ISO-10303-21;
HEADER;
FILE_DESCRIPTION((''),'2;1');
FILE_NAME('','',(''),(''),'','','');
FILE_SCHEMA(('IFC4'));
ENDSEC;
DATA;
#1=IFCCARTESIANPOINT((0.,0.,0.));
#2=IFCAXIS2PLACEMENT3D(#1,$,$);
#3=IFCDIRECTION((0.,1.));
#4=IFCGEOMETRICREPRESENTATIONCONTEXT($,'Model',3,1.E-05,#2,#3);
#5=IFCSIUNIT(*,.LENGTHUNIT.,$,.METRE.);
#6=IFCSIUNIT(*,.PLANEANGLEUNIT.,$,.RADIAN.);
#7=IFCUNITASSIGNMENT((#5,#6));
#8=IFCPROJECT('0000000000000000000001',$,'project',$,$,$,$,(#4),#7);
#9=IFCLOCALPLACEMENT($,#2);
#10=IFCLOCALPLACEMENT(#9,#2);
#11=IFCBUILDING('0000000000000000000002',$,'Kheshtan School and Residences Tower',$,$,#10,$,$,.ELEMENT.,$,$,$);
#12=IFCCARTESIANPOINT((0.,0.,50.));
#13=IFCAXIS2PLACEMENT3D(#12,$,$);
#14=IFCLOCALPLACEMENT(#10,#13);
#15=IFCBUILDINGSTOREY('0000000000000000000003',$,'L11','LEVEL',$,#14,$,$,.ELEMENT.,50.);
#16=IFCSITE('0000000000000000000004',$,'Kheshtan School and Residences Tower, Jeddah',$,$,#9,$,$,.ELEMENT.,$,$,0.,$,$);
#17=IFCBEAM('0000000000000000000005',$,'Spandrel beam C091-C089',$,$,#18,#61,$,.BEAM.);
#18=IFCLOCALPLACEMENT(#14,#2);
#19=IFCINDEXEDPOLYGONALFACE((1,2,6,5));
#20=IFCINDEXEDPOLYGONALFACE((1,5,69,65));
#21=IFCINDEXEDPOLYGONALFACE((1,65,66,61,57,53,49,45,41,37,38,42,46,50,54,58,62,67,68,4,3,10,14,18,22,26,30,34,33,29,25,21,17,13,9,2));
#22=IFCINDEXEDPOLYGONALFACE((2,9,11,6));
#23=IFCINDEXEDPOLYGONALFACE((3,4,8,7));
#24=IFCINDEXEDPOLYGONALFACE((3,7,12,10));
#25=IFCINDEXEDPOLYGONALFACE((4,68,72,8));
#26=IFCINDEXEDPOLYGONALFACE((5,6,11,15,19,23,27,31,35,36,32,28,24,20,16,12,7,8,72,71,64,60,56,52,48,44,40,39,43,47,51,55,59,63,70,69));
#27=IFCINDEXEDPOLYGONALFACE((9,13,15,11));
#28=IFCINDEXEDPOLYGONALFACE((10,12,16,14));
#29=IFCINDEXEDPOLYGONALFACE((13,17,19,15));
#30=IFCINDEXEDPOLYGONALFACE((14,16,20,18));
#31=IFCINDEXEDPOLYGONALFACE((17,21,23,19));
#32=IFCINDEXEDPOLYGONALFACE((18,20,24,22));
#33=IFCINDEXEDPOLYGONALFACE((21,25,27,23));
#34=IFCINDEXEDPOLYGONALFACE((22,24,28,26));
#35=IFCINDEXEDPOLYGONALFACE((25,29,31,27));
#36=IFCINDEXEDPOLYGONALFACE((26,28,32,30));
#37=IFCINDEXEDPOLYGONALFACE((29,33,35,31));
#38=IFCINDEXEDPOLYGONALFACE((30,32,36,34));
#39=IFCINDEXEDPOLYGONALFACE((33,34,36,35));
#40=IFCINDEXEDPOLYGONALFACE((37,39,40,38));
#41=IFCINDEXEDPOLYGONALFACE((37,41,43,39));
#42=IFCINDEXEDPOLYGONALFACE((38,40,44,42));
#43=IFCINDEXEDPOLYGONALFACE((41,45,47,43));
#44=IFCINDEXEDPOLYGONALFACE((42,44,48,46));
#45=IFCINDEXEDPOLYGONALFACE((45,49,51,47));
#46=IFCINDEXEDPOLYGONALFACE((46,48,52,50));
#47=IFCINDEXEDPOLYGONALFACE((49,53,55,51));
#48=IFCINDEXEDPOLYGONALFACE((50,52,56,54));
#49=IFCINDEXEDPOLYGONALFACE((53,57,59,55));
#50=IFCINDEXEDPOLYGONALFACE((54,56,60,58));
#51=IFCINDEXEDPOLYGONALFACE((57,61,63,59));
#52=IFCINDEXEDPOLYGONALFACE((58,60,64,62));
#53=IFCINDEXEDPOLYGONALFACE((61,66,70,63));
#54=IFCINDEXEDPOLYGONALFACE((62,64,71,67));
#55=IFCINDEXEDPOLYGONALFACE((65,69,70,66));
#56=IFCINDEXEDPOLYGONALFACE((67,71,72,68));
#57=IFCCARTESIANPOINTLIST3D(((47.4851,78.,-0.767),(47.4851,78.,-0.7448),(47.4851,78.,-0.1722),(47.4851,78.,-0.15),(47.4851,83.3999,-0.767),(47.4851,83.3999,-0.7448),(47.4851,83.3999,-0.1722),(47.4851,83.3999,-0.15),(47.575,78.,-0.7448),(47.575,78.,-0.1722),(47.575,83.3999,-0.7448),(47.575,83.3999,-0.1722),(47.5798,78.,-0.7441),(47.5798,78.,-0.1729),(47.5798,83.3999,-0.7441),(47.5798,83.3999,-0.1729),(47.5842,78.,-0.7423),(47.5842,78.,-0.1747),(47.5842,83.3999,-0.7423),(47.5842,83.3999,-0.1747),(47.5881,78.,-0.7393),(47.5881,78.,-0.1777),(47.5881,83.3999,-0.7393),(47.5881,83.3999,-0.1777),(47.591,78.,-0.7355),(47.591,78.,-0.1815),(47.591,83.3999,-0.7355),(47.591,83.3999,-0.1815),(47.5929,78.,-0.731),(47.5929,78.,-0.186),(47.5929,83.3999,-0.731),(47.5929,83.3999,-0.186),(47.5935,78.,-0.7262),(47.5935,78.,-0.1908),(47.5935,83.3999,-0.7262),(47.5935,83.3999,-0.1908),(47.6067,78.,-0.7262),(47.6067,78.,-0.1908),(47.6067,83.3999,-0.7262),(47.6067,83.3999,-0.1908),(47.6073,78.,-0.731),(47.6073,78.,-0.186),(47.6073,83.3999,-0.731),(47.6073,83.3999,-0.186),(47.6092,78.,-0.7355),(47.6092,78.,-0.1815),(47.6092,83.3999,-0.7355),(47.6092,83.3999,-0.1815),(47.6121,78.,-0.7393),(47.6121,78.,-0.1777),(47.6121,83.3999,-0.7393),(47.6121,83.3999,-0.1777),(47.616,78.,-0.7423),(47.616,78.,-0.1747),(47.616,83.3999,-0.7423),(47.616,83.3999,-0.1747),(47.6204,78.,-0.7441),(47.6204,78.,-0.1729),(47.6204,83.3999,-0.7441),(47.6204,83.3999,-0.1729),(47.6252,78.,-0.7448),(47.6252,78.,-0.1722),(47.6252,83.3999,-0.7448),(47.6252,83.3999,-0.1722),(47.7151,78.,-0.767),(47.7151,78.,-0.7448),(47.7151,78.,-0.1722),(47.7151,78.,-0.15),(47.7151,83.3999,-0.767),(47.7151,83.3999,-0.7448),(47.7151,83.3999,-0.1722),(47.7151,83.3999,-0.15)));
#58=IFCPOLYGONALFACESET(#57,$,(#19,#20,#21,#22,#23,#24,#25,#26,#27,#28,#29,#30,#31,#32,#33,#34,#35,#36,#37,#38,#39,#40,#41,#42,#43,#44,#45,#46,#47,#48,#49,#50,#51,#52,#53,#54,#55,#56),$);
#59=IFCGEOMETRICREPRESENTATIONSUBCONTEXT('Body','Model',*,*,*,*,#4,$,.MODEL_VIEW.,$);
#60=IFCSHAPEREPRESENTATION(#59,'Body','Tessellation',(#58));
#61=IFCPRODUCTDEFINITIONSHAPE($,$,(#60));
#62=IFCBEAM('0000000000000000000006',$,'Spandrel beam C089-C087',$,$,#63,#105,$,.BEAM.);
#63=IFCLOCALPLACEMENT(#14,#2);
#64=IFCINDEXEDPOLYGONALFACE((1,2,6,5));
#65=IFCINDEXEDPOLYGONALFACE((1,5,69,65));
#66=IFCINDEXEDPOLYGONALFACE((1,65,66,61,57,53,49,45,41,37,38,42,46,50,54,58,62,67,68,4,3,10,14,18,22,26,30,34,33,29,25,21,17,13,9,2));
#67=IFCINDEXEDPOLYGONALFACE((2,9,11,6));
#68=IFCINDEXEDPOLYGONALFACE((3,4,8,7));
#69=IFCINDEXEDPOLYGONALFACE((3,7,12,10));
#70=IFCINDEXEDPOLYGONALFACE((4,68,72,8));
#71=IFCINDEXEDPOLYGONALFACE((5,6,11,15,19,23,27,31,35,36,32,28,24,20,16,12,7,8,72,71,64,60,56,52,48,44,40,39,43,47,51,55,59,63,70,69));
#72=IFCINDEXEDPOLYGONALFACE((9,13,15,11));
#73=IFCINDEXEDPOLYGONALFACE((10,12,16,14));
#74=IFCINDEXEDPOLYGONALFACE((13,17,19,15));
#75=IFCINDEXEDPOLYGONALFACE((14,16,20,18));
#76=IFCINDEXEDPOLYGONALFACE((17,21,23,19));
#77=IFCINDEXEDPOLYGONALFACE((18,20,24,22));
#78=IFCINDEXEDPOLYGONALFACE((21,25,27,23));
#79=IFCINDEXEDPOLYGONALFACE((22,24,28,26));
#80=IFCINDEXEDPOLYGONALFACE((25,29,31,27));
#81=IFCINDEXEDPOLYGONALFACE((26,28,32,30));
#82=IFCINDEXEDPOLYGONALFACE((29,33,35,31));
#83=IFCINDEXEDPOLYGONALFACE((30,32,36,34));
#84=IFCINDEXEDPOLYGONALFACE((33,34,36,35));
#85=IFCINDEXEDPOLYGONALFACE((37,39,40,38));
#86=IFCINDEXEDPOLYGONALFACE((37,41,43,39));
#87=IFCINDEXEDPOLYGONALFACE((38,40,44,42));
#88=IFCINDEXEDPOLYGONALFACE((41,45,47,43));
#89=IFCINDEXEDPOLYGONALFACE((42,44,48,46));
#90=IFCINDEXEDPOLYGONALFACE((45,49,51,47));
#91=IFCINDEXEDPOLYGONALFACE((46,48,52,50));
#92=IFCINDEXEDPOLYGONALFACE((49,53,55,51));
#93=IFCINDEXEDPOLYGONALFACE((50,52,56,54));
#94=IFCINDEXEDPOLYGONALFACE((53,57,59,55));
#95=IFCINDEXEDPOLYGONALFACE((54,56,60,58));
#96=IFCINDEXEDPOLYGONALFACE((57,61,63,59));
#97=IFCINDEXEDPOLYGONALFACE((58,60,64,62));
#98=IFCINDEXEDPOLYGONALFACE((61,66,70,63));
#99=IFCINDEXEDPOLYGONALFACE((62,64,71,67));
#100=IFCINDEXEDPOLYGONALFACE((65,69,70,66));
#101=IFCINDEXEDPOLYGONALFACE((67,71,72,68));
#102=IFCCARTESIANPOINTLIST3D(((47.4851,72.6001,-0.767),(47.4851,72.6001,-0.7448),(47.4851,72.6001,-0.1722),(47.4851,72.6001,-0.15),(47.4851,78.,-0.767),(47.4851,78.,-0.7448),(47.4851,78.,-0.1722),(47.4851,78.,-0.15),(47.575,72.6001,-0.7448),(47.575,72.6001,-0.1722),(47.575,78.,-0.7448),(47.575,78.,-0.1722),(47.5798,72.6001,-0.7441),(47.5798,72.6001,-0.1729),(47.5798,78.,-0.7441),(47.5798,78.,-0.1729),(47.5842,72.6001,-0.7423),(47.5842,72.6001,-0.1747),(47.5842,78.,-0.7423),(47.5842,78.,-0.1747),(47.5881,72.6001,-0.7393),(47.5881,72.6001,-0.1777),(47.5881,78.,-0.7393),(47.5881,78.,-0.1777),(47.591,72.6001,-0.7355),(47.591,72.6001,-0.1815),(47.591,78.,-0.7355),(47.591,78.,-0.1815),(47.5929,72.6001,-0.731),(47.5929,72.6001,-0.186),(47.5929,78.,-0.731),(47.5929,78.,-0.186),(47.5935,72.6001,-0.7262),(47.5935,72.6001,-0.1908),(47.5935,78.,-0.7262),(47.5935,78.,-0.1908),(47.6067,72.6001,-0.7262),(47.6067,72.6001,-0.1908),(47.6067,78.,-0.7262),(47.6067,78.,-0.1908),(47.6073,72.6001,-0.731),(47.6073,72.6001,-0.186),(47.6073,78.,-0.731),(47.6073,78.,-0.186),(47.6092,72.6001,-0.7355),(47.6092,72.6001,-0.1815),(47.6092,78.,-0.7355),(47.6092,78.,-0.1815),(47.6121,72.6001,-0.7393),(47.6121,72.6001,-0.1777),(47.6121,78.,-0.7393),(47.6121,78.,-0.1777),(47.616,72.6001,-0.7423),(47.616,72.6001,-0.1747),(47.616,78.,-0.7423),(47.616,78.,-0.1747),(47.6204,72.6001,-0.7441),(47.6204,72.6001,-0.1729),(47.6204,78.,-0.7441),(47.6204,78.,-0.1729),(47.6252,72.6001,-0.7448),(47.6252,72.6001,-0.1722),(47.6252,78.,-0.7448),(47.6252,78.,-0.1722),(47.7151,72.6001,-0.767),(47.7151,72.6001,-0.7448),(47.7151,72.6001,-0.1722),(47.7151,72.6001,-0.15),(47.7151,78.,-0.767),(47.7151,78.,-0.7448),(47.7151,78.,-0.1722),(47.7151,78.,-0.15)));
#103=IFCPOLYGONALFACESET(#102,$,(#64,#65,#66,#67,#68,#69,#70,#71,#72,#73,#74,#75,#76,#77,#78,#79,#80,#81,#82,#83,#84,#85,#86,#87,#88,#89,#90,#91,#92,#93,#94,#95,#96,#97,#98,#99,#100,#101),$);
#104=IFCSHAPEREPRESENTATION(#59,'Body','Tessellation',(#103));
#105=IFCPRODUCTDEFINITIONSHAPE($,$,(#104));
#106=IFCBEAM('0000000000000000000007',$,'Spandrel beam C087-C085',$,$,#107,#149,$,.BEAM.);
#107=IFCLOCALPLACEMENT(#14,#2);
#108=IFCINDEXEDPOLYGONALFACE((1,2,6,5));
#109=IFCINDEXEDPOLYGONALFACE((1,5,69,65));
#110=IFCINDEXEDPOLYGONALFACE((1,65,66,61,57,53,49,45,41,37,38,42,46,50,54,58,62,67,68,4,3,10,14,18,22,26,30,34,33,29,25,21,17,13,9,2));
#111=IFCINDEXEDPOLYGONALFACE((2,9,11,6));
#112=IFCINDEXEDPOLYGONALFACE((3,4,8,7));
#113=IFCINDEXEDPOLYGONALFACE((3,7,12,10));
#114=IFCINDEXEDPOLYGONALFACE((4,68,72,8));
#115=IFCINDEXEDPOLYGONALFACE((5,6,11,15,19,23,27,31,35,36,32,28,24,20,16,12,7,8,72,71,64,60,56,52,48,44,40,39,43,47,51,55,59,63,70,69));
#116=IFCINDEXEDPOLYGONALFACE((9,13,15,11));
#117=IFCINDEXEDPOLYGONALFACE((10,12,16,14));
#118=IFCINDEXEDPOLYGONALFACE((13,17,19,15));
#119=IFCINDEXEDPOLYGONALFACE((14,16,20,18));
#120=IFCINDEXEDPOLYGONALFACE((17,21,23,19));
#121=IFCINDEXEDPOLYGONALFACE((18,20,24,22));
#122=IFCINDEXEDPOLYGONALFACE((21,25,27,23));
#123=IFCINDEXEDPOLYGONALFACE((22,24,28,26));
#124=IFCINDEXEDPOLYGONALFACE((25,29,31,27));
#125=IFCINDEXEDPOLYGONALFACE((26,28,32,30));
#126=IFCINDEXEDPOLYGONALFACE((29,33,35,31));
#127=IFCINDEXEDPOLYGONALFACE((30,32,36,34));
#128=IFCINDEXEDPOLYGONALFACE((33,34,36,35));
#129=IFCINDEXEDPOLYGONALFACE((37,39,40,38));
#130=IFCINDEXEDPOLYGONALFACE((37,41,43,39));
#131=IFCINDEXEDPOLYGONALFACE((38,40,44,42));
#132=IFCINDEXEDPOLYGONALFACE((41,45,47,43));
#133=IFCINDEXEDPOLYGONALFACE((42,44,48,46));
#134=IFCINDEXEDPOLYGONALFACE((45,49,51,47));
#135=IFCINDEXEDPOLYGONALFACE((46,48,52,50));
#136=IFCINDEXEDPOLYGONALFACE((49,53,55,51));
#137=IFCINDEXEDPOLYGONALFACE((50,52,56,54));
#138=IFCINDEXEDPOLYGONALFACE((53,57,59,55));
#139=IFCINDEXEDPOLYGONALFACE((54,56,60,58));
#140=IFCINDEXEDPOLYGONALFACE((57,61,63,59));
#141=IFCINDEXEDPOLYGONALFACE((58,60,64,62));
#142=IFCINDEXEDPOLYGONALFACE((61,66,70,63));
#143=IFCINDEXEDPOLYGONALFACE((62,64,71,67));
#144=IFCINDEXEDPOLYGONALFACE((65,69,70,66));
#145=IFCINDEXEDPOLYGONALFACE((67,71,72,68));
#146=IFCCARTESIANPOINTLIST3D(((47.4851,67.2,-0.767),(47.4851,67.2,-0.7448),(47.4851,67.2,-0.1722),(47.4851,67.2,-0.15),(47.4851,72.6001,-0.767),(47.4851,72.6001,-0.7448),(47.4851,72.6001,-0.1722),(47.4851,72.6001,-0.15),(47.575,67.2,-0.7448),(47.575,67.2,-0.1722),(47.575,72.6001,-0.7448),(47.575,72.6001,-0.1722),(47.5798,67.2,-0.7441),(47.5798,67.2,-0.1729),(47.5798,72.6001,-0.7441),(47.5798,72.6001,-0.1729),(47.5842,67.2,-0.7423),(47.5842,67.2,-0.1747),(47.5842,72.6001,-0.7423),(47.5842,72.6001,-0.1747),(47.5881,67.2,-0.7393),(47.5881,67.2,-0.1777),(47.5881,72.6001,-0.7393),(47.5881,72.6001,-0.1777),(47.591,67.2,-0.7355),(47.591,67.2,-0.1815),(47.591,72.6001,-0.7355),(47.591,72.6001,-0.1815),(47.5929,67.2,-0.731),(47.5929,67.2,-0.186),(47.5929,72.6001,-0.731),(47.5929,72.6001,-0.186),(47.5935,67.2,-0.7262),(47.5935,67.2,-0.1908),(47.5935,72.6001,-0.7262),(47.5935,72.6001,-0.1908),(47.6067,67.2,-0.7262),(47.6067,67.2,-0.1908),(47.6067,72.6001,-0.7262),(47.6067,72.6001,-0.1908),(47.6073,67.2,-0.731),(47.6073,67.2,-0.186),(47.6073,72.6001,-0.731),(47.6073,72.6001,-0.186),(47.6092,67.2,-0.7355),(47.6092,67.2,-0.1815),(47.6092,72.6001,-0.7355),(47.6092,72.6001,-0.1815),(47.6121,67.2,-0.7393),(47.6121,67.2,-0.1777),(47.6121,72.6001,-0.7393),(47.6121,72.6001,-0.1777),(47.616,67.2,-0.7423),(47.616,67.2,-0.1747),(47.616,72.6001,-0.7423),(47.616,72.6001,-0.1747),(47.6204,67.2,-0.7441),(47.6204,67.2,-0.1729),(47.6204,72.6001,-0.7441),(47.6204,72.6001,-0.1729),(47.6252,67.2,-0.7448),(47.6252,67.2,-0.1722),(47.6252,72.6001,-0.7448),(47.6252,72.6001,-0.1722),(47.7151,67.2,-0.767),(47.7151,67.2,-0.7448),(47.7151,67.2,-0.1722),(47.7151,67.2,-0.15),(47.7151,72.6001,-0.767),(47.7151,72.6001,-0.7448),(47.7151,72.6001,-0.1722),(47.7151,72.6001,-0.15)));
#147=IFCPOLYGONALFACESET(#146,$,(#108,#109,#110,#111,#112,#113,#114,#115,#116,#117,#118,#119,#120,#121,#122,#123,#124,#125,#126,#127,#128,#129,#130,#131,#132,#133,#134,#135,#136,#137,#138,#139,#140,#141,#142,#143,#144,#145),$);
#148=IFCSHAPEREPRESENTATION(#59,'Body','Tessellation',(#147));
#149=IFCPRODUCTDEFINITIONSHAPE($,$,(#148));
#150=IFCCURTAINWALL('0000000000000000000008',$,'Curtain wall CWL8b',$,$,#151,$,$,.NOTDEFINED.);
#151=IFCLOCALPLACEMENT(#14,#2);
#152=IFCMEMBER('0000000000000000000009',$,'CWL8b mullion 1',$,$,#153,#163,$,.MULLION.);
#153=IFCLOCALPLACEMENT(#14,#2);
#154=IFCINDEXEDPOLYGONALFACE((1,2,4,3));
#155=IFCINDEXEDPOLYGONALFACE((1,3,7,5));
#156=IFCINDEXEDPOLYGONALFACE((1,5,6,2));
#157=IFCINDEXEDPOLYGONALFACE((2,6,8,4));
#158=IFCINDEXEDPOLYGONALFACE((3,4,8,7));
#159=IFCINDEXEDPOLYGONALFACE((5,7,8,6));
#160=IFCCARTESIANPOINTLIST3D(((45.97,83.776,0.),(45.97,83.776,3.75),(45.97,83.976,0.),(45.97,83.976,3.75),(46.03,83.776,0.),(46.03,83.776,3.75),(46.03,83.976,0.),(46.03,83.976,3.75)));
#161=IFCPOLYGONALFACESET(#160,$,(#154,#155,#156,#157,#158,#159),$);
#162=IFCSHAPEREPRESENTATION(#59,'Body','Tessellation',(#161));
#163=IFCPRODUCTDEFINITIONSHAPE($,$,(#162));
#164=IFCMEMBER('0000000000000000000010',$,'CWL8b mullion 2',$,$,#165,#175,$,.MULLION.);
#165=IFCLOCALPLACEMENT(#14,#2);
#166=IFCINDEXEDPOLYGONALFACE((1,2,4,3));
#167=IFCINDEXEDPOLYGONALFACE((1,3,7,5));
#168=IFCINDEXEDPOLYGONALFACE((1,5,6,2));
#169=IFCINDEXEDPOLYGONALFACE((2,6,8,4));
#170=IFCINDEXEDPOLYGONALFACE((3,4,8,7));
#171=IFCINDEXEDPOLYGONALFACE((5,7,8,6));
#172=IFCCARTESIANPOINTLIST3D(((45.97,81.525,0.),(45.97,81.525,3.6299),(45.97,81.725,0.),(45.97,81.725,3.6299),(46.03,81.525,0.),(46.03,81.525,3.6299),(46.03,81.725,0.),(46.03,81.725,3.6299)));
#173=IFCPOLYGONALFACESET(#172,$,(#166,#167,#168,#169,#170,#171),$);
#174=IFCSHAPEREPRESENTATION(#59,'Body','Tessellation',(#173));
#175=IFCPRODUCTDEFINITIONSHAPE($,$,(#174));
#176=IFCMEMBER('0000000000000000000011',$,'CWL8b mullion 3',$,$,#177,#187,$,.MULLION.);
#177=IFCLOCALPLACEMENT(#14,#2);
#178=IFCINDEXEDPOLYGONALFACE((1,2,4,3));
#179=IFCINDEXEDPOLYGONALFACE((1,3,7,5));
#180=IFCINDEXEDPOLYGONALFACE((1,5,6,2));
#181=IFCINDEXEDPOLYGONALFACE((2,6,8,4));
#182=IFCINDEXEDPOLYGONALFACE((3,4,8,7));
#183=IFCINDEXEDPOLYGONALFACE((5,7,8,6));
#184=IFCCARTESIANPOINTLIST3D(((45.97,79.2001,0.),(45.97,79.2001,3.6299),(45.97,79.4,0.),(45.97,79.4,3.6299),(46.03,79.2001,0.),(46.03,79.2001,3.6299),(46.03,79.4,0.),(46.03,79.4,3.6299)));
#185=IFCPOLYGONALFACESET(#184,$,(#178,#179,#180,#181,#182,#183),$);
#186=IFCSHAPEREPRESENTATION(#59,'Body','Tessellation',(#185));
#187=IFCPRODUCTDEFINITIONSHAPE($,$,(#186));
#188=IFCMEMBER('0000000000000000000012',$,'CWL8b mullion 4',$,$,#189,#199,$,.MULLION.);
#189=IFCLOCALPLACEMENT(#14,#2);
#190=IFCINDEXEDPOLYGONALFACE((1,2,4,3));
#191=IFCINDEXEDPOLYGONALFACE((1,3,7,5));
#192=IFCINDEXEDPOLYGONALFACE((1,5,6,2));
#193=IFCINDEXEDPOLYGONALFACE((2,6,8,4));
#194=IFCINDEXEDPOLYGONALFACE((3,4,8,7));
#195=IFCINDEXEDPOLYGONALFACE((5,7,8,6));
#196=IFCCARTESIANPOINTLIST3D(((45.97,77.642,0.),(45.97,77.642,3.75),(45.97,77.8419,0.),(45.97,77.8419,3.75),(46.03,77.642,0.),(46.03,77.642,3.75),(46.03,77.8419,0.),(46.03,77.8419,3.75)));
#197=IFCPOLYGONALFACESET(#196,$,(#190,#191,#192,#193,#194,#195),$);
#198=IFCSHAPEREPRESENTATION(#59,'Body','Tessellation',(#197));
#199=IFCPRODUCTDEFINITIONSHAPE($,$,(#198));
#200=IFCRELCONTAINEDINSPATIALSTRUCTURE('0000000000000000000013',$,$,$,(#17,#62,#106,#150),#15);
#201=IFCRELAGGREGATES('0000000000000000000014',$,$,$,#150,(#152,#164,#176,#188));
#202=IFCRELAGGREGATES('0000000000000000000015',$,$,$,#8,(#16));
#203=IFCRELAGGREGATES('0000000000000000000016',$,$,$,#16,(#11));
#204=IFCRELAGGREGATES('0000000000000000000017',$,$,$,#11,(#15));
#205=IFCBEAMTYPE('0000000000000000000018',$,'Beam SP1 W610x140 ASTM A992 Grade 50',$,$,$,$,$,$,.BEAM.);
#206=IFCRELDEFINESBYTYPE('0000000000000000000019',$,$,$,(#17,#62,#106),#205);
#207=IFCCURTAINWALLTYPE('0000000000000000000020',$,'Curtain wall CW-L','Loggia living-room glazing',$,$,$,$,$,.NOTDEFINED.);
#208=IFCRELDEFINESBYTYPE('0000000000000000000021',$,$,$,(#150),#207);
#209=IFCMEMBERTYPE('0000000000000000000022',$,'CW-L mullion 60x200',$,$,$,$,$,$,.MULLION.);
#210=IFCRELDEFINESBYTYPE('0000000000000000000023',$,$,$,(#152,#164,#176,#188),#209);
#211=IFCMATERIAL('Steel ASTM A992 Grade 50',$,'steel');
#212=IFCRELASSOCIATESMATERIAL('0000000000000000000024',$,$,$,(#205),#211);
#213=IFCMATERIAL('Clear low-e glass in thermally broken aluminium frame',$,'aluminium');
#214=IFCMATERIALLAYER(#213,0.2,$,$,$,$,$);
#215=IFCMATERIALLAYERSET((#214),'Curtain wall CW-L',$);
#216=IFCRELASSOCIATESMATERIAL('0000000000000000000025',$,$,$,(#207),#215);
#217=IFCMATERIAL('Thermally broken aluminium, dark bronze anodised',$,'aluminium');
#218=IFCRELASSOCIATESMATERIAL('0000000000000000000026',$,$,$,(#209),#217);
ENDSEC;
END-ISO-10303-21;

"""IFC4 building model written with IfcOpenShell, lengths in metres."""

from ifc_helpers import new_model, si_unit, direction, frame, origin, origin_2d, place, context, subcontext, project, spatial, rectangle, i_section, extrude, material, layer, layer_set, material_profile, profile_set, type_object, element, aggregate, save


model = new_model("IFC4")

# Units and contexts
model_context = context("Model", 3, precision=1e-05, world=origin(), true_north=direction((0.0, 1.0)))
body_context = subcontext(model_context, "Body", "Model", "MODEL_VIEW")
ifc_project = project(units=[si_unit("LENGTHUNIT", "METRE"), si_unit("PLANEANGLEUNIT", "RADIAN")], contexts=[model_context])

# Site, building, storey
site_placement = place(None, origin())
site = spatial("IfcSite", under=ifc_project, at=site_placement, Name="Kheshtan School and Residences Tower, Jeddah", CompositionType="ELEMENT", RefElevation=0.0)
building_placement = place(site_placement, origin())
building = spatial("IfcBuilding", under=site, at=building_placement, Name="Kheshtan School and Residences Tower", CompositionType="ELEMENT")
storey_placement = place(building_placement, frame((0.0, 0.0, 50.0)))
storey = spatial("IfcBuildingStorey", under=building, at=storey_placement, Name="L11", Description="LEVEL", CompositionType="ELEMENT", Elevation=50.0)

# Shared definitions
ifc_material_1 = material(Name="Steel ASTM A992 Grade 50", Category="steel")

# Beams
ifc_material_profile_1 = material_profile(ifc_material_1, i_section(OverallWidth=0.23, OverallDepth=0.6169, WebThickness=0.0132, FlangeThickness=0.0222, FilletRadius=0.0186, at=origin_2d()), Name="W610x140")
ifc_profile_set_1 = profile_set([ifc_material_profile_1], Name="Steel ASTM A992 Grade 50")
beam_type_1 = type_object("IfcBeamType", Name="Beam SP1 W610x140 ASTM A992 Grade 50", PredefinedType="BEAM", material=ifc_profile_set_1)
for number, where, z_axis, x_axis, name in (
    (1, (47.6001, 83.3999, -0.4585), (0.0, -1.0, 0.0), (1.0, 0.0, 0.0), "Spandrel beam C091-C089"),
    (2, (47.6001, 78.0, -0.4585), (0.0, -1.0, 0.0), (1.0, 0.0, 0.0), "Spandrel beam C089-C087"),
):
    element("IfcBeam", number, at=place(storey_placement, frame(where, z_axis=z_axis, x_axis=x_axis)), inside=storey, type_object=beam_type_1, Name=name, PredefinedType="BEAM", context=body_context, shape_type="SweptSolid", body=[
        extrude(i_section(OverallWidth=0.23, OverallDepth=0.6169, WebThickness=0.0132, FlangeThickness=0.0222, FilletRadius=0.0186, at=origin_2d()), origin(), (0.0, 0.0, 1.0), 5.3999),
    ])
beam_1_placement = place(storey_placement, frame((47.6001, 72.6001, -0.4585), z_axis=(0.0, -1.0, 0.0), x_axis=(1.0, 0.0, 0.0)))
element("IfcBeam", 3, at=beam_1_placement, inside=storey, type_object=beam_type_1, Name="Spandrel beam C087-C085", PredefinedType="BEAM", context=body_context, shape_type="SweptSolid", body=[
    extrude(i_section(OverallWidth=0.23, OverallDepth=0.6169, WebThickness=0.0132, FlangeThickness=0.0222, FilletRadius=0.0186, at=origin_2d()), origin(), (0.0, 0.0, 1.0), 5.4001),
])

# Curtain wall, members
ifc_material_2 = material(Name="Clear low-e glass in thermally broken aluminium frame", Category="aluminium")
ifc_layer_1 = layer(ifc_material_2, 0.2)
ifc_layer_set_1 = layer_set([ifc_layer_1], Name="Curtain wall CW-L")
curtain_wall_type = type_object("IfcCurtainWallType", Name="Curtain wall CW-L", Description="Loggia living-room glazing", PredefinedType="NOTDEFINED", material=ifc_layer_set_1)
curtain_wall_1_placement = place(storey_placement, origin())
curtain_wall_1 = element("IfcCurtainWall", 4, at=curtain_wall_1_placement, inside=storey, type_object=curtain_wall_type, Name="Curtain wall CWL8b", PredefinedType="NOTDEFINED")
ifc_material_3 = material(Name="Thermally broken aluminium, dark bronze anodised", Category="aluminium")
ifc_material_profile_2 = material_profile(ifc_material_3, rectangle(XDim=0.0601, YDim=0.2, at=origin_2d()), Name="CW-L mullion 60x200")
ifc_profile_set_2 = profile_set([ifc_material_profile_2], Name="Thermally broken aluminium, dark bronze anodised")
member_type_1 = type_object("IfcMemberType", Name="CW-L mullion 60x200", PredefinedType="MULLION", material=ifc_profile_set_2)
member_1_placement = place(storey_placement, frame((46.0, 83.876, 0.0), z_axis=(0.0, 0.0, 1.0), x_axis=(1.0, 0.0, 0.0)))
member_1 = element("IfcMember", 5, at=member_1_placement, type_object=member_type_1, Name="CWL8b mullion 1", PredefinedType="MULLION", context=body_context, shape_type="SweptSolid", body=[
    extrude(rectangle(XDim=0.0601, YDim=0.2, at=origin_2d()), origin(), (0.0, 0.0, 1.0), 3.75),
])
member_2_placement = place(storey_placement, frame((46.0, 81.625, 0.0), z_axis=(0.0, 0.0, 1.0), x_axis=(1.0, 0.0, 0.0)))
member_2 = element("IfcMember", 6, at=member_2_placement, type_object=member_type_1, Name="CWL8b mullion 2", PredefinedType="MULLION", context=body_context, shape_type="SweptSolid", body=[
    extrude(rectangle(XDim=0.0601, YDim=0.2, at=origin_2d()), origin(), (0.0, 0.0, 1.0), 3.6299),
])
member_3_placement = place(storey_placement, frame((46.0, 79.3, 0.0), z_axis=(0.0, 0.0, 1.0), x_axis=(1.0, 0.0, 0.0)))
member_3 = element("IfcMember", 7, at=member_3_placement, type_object=member_type_1, Name="CWL8b mullion 3", PredefinedType="MULLION", context=body_context, shape_type="SweptSolid", body=[
    extrude(rectangle(XDim=0.0601, YDim=0.2, at=origin_2d()), origin(), (0.0, 0.0, 1.0), 3.6299),
])
member_4_placement = place(storey_placement, frame((46.0, 77.7419, 0.0), z_axis=(0.0, 0.0, 1.0), x_axis=(1.0, 0.0, 0.0)))
member_4 = element("IfcMember", 8, at=member_4_placement, type_object=member_type_1, Name="CWL8b mullion 4", PredefinedType="MULLION", context=body_context, shape_type="SweptSolid", body=[
    extrude(rectangle(XDim=0.0601, YDim=0.2, at=origin_2d()), origin(), (0.0, 0.0, 1.0), 3.75),
])

aggregate(curtain_wall_1, [member_1, member_2, member_3, member_4])

save(model, "model.ifc")
